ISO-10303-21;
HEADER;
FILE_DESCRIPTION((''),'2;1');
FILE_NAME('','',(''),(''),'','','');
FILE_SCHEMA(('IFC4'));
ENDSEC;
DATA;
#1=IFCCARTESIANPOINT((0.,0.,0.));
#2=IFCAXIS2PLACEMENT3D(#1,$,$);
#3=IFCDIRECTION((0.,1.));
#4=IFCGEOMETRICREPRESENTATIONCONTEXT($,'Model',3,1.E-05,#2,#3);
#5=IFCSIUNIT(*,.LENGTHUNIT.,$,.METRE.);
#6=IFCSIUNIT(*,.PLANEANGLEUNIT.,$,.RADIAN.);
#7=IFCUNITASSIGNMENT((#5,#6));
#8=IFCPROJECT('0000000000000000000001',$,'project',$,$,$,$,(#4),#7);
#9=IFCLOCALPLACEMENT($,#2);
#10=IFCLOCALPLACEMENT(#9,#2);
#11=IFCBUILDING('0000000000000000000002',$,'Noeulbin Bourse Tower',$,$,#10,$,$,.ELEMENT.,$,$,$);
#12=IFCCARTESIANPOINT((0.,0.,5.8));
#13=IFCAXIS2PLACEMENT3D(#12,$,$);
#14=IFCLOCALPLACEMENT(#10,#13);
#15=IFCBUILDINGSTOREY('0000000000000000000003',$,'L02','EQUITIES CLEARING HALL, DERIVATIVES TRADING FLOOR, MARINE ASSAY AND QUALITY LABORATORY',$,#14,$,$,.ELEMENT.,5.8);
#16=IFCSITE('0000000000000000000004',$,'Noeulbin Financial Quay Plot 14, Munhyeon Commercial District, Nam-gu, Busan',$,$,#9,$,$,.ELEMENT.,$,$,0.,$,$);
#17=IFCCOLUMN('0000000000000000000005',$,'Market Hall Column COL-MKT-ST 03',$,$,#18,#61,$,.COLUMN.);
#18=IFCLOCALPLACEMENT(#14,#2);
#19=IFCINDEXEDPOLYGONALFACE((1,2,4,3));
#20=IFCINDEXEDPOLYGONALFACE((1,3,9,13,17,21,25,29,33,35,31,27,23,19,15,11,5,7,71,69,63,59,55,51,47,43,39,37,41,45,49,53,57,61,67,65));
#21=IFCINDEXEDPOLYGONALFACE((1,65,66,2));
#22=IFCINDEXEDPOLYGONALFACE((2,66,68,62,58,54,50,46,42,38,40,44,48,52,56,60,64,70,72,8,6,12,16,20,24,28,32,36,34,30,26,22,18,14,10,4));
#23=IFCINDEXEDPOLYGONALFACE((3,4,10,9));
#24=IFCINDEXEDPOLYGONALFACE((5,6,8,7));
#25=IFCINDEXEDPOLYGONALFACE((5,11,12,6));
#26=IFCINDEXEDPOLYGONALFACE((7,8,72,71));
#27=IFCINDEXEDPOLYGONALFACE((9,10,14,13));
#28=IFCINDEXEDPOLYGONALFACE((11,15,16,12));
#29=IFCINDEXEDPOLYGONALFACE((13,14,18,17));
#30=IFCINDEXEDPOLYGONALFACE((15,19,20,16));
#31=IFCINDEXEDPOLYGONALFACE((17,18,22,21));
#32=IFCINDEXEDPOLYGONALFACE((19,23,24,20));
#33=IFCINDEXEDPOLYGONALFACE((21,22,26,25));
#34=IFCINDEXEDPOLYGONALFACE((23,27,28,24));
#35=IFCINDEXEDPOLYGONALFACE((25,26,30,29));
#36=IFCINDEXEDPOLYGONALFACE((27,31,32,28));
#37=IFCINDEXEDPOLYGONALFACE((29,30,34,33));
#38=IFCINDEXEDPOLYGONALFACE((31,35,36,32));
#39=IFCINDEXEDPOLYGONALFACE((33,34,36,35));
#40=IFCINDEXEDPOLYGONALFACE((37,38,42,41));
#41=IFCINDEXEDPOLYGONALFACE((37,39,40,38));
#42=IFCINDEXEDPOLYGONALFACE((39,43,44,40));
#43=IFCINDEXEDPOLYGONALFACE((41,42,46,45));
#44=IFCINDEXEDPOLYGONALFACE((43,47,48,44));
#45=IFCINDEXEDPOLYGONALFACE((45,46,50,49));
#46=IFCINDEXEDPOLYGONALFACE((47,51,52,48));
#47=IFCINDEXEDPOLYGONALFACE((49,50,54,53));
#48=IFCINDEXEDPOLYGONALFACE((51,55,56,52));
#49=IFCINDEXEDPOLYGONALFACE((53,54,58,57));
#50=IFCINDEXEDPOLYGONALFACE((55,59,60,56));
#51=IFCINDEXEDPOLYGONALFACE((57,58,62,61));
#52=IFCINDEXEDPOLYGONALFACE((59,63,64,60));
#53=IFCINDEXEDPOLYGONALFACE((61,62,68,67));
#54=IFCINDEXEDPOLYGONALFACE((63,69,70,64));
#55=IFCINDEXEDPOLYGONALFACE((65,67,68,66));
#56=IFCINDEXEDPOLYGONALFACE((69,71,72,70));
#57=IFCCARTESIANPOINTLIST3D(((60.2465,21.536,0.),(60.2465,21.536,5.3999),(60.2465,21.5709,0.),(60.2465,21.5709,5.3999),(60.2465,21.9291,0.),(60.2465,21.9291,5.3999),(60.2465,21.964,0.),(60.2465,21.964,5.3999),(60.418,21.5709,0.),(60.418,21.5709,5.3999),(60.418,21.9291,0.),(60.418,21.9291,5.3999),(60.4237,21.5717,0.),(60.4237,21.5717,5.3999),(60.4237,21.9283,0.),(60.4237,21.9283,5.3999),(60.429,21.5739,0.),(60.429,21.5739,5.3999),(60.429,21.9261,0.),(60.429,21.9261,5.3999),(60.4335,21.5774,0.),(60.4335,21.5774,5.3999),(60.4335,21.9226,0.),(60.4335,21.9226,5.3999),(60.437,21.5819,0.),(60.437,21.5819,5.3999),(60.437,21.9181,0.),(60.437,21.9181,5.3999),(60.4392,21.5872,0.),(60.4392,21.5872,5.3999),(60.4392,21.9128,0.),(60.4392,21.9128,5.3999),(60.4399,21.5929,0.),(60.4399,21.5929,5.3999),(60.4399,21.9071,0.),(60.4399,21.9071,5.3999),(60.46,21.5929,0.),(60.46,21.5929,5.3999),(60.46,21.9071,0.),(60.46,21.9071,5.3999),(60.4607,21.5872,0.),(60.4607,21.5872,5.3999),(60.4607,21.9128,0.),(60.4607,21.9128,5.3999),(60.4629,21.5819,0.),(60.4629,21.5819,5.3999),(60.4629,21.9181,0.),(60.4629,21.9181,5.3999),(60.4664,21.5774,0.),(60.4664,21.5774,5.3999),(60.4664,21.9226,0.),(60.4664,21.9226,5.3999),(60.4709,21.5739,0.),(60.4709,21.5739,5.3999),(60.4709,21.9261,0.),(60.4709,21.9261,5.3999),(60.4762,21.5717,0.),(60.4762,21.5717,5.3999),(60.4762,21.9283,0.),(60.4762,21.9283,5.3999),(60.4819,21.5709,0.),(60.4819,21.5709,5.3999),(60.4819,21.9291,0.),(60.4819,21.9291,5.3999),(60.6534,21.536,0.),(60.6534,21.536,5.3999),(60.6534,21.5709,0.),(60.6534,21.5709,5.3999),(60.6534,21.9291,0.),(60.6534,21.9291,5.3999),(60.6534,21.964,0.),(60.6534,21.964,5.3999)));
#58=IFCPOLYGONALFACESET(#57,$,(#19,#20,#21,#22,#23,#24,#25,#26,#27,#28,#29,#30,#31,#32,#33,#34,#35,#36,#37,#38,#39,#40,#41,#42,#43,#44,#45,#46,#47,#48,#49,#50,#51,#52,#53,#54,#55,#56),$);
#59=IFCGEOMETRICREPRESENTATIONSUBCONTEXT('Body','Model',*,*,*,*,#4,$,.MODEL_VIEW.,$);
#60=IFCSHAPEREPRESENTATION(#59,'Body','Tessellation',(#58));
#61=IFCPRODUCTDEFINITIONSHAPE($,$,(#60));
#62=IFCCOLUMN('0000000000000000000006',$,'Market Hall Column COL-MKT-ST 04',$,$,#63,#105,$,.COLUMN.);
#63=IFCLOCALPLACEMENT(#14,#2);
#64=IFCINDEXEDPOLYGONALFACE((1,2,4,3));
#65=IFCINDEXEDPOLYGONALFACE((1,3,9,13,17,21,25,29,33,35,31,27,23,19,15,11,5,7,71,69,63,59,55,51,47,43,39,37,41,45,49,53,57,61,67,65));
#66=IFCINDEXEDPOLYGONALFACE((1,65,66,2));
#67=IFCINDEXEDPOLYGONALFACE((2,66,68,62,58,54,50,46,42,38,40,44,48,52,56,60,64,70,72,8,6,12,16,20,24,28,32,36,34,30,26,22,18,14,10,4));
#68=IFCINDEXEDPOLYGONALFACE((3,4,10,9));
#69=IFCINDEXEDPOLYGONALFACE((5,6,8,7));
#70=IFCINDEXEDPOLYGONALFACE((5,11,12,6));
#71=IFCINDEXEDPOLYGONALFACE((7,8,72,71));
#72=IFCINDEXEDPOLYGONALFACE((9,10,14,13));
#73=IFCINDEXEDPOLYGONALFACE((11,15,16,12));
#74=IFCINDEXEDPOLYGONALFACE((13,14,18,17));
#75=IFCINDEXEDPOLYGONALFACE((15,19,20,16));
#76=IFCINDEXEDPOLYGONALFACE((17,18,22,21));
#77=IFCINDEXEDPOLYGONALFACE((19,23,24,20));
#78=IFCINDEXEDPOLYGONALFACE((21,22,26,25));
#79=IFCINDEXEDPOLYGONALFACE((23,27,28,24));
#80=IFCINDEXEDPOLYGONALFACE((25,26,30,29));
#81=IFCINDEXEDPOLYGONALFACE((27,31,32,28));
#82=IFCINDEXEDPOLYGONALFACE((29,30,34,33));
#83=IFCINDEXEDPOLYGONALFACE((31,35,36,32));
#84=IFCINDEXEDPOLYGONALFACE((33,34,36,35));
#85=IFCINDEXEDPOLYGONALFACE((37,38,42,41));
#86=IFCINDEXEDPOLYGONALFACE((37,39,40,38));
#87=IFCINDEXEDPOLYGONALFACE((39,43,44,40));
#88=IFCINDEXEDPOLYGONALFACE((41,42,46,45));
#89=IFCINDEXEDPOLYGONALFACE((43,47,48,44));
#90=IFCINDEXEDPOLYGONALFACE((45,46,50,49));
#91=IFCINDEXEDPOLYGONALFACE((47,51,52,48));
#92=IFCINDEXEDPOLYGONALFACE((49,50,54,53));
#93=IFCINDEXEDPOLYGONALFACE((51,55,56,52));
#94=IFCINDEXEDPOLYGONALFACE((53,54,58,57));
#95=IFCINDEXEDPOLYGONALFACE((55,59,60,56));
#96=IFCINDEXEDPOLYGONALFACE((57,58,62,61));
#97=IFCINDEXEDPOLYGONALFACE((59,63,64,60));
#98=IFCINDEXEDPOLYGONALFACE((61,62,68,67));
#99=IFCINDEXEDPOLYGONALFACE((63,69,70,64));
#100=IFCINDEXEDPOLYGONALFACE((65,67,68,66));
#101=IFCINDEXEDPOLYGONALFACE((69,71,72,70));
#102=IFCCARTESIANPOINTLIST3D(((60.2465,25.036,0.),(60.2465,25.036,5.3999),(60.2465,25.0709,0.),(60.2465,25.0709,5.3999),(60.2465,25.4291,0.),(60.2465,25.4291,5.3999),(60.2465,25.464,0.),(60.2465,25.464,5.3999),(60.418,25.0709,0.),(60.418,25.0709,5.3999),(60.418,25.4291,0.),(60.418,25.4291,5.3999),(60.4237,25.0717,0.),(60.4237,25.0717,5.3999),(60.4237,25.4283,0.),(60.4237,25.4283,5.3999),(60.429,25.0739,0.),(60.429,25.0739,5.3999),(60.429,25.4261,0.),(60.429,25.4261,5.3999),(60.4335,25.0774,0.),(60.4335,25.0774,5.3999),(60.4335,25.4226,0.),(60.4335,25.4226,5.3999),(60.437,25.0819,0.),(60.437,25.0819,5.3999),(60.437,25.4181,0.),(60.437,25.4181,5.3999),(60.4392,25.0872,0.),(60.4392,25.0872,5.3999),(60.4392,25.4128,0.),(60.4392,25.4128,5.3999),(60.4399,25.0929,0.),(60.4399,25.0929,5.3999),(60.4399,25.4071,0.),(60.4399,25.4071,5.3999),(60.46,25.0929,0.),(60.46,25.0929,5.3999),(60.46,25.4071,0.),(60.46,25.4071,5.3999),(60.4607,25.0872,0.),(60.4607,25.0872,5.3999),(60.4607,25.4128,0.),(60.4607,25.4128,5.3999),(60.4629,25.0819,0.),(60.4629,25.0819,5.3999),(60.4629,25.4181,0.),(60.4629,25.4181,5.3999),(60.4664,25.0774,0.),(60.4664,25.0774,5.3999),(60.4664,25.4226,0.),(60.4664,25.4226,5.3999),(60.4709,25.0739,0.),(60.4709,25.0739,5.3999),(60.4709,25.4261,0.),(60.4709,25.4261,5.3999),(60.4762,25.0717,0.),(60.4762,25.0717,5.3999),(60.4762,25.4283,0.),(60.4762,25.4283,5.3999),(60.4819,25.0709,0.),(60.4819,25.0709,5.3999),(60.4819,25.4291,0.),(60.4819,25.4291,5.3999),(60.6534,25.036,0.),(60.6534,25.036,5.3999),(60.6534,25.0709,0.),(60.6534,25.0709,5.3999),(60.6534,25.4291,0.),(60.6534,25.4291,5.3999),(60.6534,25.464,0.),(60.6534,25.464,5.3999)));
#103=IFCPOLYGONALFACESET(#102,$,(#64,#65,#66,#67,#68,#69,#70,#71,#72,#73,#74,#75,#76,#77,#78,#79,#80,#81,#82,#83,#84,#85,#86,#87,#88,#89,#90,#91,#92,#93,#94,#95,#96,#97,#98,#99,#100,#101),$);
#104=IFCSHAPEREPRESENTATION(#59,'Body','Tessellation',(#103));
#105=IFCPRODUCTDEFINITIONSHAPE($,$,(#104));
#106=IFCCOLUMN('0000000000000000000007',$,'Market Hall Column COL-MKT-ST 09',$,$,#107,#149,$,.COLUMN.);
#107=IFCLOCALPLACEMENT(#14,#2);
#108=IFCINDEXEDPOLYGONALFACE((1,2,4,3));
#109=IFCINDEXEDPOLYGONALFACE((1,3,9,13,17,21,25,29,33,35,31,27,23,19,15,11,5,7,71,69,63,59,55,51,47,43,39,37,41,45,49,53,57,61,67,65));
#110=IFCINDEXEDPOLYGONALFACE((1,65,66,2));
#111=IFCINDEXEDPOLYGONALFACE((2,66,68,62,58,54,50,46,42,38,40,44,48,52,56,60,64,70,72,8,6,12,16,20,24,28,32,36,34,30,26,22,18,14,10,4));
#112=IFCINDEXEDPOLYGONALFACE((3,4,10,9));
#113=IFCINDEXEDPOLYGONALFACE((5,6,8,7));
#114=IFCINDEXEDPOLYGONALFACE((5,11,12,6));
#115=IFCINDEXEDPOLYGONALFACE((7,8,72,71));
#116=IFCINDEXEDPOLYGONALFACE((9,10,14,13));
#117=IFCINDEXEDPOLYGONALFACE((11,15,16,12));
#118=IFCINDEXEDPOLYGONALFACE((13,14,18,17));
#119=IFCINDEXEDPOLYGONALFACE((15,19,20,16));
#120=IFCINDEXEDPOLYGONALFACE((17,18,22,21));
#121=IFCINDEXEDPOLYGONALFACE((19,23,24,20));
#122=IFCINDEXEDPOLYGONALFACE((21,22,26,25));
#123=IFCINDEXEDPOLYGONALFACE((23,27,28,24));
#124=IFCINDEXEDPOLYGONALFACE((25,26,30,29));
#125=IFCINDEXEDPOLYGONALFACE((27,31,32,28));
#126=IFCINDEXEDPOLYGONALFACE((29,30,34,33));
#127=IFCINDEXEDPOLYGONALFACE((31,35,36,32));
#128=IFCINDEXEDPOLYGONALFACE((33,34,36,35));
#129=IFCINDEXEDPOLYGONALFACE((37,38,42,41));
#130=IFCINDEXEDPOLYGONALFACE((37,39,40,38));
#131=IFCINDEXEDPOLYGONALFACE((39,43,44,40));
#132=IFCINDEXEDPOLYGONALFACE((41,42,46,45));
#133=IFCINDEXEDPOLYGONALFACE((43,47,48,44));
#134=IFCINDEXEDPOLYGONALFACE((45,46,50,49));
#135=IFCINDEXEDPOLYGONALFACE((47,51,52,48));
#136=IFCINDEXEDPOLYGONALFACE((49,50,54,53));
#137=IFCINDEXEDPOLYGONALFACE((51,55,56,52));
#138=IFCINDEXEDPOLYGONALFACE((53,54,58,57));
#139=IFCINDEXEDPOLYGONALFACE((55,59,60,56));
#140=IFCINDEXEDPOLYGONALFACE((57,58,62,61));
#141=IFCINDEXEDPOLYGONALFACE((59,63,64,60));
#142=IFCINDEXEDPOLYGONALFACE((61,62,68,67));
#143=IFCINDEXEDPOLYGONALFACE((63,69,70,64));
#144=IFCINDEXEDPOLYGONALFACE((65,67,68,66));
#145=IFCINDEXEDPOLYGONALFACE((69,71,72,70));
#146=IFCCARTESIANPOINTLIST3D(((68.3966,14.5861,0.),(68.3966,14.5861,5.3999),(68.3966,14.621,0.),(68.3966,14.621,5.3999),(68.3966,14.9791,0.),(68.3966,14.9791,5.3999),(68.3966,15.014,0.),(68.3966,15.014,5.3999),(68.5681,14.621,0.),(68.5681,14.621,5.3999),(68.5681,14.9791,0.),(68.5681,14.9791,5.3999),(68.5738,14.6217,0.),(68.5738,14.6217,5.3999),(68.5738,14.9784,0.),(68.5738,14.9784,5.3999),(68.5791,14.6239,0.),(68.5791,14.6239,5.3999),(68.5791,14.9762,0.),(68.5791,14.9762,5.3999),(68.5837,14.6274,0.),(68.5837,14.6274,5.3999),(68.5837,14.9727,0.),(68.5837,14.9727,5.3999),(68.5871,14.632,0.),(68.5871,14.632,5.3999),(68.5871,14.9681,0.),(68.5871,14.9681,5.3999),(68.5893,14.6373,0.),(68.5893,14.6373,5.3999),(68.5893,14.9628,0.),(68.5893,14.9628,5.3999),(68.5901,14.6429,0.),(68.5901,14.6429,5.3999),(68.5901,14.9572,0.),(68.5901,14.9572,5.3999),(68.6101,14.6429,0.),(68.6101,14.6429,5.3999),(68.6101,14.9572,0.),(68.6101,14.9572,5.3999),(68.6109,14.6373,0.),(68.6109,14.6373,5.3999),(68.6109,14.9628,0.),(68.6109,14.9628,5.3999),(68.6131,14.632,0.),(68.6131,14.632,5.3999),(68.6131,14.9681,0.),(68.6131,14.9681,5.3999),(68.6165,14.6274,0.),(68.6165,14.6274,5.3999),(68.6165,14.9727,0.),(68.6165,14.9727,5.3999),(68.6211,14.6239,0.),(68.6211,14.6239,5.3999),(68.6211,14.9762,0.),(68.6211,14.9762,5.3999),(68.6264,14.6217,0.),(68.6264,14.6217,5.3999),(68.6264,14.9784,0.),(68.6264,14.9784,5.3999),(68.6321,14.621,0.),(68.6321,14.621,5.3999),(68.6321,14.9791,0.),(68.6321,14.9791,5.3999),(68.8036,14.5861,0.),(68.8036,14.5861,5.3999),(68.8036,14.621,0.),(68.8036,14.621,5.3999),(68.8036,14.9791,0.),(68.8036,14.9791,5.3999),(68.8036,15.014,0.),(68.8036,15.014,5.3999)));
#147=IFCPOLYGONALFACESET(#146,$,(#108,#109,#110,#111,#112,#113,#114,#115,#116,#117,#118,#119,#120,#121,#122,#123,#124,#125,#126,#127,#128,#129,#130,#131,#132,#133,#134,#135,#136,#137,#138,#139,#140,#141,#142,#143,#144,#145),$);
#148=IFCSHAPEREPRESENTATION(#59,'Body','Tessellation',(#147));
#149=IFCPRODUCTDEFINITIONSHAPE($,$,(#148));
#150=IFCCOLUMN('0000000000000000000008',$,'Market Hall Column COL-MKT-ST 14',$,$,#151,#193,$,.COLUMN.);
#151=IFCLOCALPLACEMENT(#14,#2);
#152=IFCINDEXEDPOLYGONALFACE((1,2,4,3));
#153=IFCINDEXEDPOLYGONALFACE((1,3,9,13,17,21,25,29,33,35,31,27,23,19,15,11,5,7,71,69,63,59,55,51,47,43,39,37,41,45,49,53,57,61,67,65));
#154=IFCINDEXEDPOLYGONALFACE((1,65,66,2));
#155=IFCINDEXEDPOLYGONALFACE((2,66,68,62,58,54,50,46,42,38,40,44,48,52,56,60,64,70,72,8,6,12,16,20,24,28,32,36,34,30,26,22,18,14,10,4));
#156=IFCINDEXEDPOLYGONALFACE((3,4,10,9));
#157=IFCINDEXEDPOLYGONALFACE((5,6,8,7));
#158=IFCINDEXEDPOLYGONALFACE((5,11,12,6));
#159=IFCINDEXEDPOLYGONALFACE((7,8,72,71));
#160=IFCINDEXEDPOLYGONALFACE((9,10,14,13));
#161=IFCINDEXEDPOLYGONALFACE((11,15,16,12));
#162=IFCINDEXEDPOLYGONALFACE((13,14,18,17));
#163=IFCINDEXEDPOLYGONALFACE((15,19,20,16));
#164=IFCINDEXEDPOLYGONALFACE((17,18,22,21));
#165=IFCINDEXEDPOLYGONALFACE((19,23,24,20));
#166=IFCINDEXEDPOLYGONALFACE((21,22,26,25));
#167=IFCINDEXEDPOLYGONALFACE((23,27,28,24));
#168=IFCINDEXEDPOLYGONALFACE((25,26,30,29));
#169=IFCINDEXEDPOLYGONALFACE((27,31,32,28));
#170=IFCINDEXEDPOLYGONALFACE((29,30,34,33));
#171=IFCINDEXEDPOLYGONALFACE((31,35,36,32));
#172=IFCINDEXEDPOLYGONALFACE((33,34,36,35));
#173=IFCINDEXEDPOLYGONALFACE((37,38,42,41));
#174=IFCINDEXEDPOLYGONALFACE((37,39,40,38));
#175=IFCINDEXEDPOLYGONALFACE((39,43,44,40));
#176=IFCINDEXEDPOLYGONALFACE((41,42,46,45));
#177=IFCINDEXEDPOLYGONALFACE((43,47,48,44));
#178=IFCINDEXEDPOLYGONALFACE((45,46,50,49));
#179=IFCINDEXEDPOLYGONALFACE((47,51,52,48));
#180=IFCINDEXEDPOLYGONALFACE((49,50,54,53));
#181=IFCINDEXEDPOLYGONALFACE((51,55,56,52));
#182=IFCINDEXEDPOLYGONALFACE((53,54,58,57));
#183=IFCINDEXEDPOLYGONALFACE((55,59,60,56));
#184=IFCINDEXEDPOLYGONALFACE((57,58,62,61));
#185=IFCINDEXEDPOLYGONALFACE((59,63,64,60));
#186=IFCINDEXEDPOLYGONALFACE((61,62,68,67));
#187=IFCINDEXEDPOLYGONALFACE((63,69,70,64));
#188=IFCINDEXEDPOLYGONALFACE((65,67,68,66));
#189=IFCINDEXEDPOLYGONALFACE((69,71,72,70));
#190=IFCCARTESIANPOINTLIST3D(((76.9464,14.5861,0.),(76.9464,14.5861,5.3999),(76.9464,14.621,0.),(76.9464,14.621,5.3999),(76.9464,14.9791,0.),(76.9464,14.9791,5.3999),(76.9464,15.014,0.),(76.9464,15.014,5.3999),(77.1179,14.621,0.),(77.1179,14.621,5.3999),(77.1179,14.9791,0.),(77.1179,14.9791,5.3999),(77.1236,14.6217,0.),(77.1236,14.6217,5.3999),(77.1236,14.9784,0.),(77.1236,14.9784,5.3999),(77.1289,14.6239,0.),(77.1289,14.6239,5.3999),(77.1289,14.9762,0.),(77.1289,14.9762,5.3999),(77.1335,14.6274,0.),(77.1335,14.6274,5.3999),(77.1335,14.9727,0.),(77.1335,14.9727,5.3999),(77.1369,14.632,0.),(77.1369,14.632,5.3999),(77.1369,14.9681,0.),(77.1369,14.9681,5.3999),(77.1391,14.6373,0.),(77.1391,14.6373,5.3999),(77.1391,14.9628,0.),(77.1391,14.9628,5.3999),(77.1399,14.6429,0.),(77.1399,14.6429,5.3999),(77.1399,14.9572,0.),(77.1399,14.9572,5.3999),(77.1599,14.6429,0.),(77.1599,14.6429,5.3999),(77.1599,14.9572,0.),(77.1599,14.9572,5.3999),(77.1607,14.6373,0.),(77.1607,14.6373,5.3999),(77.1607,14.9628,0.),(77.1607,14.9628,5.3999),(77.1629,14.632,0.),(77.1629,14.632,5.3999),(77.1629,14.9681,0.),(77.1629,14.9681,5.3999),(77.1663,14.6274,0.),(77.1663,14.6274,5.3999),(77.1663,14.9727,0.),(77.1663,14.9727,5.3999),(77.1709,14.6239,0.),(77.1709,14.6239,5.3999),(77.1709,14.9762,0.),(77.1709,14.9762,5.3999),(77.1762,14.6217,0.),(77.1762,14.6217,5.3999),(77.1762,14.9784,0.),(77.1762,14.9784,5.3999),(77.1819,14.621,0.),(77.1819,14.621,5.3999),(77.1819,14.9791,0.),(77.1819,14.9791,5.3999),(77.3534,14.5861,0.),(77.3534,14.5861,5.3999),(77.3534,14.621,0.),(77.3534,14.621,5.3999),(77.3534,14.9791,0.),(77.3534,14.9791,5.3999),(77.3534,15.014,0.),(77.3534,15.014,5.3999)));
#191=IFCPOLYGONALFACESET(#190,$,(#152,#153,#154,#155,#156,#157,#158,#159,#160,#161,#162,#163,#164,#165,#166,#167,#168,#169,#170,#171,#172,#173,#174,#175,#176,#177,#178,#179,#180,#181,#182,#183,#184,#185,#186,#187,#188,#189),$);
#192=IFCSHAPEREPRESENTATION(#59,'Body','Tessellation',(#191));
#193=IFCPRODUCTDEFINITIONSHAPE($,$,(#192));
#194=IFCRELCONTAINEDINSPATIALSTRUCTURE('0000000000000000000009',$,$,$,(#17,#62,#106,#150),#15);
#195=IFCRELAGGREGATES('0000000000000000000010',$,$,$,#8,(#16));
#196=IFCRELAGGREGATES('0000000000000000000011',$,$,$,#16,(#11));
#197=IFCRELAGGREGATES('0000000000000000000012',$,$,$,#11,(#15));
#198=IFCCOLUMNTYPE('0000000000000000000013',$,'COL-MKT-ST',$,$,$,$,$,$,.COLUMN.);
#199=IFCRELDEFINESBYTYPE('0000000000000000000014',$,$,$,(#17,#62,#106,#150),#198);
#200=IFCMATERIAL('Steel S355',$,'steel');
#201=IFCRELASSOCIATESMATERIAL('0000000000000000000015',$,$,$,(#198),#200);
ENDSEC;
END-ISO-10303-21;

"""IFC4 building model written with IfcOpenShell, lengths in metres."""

from ifc_helpers import new_model, si_unit, direction, frame, origin, origin_2d, place, context, subcontext, project, spatial, i_section, extrude, material, material_profile, profile_set, type_object, element, save


model = new_model("IFC4")

# Units and contexts
model_context = context("Model", 3, precision=1e-05, world=origin(), true_north=direction((0.0, 1.0)))
body_context = subcontext(model_context, "Body", "Model", "MODEL_VIEW")
ifc_project = project(units=[si_unit("LENGTHUNIT", "METRE"), si_unit("PLANEANGLEUNIT", "RADIAN")], contexts=[model_context])

# Site, building, storey
site_placement = place(None, origin())
site = spatial("IfcSite", under=ifc_project, at=site_placement, Name="Noeulbin Financial Quay Plot 14, Munhyeon Commercial District, Nam-gu, Busan", CompositionType="ELEMENT", RefElevation=0.0)
building_placement = place(site_placement, origin())
building = spatial("IfcBuilding", under=site, at=building_placement, Name="Noeulbin Bourse Tower", CompositionType="ELEMENT")
storey_placement = place(building_placement, frame((0.0, 0.0, 5.8)))
storey = spatial("IfcBuildingStorey", under=building, at=storey_placement, Name="L02", Description="EQUITIES CLEARING HALL, DERIVATIVES TRADING FLOOR, MARINE ASSAY AND QUALITY LABORATORY", CompositionType="ELEMENT", Elevation=5.8)

# Columns
ifc_material_1 = material(Name="Steel S355", Category="steel")
ifc_material_profile_1 = material_profile(ifc_material_1, i_section(OverallWidth=0.407, OverallDepth=0.428, WebThickness=0.02, FlangeThickness=0.0349, FilletRadius=0.022, at=origin_2d()), Name="H-428x407x20x35", Category="LoadBearing")
ifc_profile_set_1 = profile_set([ifc_material_profile_1], Name="Steel S355")
column_type = type_object("IfcColumnType", Name="COL-MKT-ST", PredefinedType="COLUMN", material=ifc_profile_set_1)
for number, where, z_axis, x_axis, name in (
    (1, (60.45, 21.75, 0.0), (0.0, 0.0, 1.0), (1.0, 0.0, 0.0), "Market Hall Column COL-MKT-ST 03"),
    (2, (60.45, 25.25, 0.0), (0.0, 0.0, 1.0), (1.0, 0.0, 0.0), "Market Hall Column COL-MKT-ST 04"),
    (3, (68.6001, 14.8, 0.0), (0.0, 0.0, 1.0), (1.0, 0.0, 0.0), "Market Hall Column COL-MKT-ST 09"),
    (4, (77.1499, 14.8, 0.0), (0.0, 0.0, 1.0), (1.0, 0.0, 0.0), "Market Hall Column COL-MKT-ST 14"),
):
    element("IfcColumn", number, at=place(storey_placement, frame(where, z_axis=z_axis, x_axis=x_axis)), inside=storey, type_object=column_type, Name=name, PredefinedType="COLUMN", context=body_context, shape_type="SweptSolid", body=[
        extrude(i_section(OverallWidth=0.407, OverallDepth=0.428, WebThickness=0.02, FlangeThickness=0.0349, FilletRadius=0.022, at=origin_2d()), origin(), (0.0, 0.0, 1.0), 5.3999),
    ])

save(model, "model.ifc")
